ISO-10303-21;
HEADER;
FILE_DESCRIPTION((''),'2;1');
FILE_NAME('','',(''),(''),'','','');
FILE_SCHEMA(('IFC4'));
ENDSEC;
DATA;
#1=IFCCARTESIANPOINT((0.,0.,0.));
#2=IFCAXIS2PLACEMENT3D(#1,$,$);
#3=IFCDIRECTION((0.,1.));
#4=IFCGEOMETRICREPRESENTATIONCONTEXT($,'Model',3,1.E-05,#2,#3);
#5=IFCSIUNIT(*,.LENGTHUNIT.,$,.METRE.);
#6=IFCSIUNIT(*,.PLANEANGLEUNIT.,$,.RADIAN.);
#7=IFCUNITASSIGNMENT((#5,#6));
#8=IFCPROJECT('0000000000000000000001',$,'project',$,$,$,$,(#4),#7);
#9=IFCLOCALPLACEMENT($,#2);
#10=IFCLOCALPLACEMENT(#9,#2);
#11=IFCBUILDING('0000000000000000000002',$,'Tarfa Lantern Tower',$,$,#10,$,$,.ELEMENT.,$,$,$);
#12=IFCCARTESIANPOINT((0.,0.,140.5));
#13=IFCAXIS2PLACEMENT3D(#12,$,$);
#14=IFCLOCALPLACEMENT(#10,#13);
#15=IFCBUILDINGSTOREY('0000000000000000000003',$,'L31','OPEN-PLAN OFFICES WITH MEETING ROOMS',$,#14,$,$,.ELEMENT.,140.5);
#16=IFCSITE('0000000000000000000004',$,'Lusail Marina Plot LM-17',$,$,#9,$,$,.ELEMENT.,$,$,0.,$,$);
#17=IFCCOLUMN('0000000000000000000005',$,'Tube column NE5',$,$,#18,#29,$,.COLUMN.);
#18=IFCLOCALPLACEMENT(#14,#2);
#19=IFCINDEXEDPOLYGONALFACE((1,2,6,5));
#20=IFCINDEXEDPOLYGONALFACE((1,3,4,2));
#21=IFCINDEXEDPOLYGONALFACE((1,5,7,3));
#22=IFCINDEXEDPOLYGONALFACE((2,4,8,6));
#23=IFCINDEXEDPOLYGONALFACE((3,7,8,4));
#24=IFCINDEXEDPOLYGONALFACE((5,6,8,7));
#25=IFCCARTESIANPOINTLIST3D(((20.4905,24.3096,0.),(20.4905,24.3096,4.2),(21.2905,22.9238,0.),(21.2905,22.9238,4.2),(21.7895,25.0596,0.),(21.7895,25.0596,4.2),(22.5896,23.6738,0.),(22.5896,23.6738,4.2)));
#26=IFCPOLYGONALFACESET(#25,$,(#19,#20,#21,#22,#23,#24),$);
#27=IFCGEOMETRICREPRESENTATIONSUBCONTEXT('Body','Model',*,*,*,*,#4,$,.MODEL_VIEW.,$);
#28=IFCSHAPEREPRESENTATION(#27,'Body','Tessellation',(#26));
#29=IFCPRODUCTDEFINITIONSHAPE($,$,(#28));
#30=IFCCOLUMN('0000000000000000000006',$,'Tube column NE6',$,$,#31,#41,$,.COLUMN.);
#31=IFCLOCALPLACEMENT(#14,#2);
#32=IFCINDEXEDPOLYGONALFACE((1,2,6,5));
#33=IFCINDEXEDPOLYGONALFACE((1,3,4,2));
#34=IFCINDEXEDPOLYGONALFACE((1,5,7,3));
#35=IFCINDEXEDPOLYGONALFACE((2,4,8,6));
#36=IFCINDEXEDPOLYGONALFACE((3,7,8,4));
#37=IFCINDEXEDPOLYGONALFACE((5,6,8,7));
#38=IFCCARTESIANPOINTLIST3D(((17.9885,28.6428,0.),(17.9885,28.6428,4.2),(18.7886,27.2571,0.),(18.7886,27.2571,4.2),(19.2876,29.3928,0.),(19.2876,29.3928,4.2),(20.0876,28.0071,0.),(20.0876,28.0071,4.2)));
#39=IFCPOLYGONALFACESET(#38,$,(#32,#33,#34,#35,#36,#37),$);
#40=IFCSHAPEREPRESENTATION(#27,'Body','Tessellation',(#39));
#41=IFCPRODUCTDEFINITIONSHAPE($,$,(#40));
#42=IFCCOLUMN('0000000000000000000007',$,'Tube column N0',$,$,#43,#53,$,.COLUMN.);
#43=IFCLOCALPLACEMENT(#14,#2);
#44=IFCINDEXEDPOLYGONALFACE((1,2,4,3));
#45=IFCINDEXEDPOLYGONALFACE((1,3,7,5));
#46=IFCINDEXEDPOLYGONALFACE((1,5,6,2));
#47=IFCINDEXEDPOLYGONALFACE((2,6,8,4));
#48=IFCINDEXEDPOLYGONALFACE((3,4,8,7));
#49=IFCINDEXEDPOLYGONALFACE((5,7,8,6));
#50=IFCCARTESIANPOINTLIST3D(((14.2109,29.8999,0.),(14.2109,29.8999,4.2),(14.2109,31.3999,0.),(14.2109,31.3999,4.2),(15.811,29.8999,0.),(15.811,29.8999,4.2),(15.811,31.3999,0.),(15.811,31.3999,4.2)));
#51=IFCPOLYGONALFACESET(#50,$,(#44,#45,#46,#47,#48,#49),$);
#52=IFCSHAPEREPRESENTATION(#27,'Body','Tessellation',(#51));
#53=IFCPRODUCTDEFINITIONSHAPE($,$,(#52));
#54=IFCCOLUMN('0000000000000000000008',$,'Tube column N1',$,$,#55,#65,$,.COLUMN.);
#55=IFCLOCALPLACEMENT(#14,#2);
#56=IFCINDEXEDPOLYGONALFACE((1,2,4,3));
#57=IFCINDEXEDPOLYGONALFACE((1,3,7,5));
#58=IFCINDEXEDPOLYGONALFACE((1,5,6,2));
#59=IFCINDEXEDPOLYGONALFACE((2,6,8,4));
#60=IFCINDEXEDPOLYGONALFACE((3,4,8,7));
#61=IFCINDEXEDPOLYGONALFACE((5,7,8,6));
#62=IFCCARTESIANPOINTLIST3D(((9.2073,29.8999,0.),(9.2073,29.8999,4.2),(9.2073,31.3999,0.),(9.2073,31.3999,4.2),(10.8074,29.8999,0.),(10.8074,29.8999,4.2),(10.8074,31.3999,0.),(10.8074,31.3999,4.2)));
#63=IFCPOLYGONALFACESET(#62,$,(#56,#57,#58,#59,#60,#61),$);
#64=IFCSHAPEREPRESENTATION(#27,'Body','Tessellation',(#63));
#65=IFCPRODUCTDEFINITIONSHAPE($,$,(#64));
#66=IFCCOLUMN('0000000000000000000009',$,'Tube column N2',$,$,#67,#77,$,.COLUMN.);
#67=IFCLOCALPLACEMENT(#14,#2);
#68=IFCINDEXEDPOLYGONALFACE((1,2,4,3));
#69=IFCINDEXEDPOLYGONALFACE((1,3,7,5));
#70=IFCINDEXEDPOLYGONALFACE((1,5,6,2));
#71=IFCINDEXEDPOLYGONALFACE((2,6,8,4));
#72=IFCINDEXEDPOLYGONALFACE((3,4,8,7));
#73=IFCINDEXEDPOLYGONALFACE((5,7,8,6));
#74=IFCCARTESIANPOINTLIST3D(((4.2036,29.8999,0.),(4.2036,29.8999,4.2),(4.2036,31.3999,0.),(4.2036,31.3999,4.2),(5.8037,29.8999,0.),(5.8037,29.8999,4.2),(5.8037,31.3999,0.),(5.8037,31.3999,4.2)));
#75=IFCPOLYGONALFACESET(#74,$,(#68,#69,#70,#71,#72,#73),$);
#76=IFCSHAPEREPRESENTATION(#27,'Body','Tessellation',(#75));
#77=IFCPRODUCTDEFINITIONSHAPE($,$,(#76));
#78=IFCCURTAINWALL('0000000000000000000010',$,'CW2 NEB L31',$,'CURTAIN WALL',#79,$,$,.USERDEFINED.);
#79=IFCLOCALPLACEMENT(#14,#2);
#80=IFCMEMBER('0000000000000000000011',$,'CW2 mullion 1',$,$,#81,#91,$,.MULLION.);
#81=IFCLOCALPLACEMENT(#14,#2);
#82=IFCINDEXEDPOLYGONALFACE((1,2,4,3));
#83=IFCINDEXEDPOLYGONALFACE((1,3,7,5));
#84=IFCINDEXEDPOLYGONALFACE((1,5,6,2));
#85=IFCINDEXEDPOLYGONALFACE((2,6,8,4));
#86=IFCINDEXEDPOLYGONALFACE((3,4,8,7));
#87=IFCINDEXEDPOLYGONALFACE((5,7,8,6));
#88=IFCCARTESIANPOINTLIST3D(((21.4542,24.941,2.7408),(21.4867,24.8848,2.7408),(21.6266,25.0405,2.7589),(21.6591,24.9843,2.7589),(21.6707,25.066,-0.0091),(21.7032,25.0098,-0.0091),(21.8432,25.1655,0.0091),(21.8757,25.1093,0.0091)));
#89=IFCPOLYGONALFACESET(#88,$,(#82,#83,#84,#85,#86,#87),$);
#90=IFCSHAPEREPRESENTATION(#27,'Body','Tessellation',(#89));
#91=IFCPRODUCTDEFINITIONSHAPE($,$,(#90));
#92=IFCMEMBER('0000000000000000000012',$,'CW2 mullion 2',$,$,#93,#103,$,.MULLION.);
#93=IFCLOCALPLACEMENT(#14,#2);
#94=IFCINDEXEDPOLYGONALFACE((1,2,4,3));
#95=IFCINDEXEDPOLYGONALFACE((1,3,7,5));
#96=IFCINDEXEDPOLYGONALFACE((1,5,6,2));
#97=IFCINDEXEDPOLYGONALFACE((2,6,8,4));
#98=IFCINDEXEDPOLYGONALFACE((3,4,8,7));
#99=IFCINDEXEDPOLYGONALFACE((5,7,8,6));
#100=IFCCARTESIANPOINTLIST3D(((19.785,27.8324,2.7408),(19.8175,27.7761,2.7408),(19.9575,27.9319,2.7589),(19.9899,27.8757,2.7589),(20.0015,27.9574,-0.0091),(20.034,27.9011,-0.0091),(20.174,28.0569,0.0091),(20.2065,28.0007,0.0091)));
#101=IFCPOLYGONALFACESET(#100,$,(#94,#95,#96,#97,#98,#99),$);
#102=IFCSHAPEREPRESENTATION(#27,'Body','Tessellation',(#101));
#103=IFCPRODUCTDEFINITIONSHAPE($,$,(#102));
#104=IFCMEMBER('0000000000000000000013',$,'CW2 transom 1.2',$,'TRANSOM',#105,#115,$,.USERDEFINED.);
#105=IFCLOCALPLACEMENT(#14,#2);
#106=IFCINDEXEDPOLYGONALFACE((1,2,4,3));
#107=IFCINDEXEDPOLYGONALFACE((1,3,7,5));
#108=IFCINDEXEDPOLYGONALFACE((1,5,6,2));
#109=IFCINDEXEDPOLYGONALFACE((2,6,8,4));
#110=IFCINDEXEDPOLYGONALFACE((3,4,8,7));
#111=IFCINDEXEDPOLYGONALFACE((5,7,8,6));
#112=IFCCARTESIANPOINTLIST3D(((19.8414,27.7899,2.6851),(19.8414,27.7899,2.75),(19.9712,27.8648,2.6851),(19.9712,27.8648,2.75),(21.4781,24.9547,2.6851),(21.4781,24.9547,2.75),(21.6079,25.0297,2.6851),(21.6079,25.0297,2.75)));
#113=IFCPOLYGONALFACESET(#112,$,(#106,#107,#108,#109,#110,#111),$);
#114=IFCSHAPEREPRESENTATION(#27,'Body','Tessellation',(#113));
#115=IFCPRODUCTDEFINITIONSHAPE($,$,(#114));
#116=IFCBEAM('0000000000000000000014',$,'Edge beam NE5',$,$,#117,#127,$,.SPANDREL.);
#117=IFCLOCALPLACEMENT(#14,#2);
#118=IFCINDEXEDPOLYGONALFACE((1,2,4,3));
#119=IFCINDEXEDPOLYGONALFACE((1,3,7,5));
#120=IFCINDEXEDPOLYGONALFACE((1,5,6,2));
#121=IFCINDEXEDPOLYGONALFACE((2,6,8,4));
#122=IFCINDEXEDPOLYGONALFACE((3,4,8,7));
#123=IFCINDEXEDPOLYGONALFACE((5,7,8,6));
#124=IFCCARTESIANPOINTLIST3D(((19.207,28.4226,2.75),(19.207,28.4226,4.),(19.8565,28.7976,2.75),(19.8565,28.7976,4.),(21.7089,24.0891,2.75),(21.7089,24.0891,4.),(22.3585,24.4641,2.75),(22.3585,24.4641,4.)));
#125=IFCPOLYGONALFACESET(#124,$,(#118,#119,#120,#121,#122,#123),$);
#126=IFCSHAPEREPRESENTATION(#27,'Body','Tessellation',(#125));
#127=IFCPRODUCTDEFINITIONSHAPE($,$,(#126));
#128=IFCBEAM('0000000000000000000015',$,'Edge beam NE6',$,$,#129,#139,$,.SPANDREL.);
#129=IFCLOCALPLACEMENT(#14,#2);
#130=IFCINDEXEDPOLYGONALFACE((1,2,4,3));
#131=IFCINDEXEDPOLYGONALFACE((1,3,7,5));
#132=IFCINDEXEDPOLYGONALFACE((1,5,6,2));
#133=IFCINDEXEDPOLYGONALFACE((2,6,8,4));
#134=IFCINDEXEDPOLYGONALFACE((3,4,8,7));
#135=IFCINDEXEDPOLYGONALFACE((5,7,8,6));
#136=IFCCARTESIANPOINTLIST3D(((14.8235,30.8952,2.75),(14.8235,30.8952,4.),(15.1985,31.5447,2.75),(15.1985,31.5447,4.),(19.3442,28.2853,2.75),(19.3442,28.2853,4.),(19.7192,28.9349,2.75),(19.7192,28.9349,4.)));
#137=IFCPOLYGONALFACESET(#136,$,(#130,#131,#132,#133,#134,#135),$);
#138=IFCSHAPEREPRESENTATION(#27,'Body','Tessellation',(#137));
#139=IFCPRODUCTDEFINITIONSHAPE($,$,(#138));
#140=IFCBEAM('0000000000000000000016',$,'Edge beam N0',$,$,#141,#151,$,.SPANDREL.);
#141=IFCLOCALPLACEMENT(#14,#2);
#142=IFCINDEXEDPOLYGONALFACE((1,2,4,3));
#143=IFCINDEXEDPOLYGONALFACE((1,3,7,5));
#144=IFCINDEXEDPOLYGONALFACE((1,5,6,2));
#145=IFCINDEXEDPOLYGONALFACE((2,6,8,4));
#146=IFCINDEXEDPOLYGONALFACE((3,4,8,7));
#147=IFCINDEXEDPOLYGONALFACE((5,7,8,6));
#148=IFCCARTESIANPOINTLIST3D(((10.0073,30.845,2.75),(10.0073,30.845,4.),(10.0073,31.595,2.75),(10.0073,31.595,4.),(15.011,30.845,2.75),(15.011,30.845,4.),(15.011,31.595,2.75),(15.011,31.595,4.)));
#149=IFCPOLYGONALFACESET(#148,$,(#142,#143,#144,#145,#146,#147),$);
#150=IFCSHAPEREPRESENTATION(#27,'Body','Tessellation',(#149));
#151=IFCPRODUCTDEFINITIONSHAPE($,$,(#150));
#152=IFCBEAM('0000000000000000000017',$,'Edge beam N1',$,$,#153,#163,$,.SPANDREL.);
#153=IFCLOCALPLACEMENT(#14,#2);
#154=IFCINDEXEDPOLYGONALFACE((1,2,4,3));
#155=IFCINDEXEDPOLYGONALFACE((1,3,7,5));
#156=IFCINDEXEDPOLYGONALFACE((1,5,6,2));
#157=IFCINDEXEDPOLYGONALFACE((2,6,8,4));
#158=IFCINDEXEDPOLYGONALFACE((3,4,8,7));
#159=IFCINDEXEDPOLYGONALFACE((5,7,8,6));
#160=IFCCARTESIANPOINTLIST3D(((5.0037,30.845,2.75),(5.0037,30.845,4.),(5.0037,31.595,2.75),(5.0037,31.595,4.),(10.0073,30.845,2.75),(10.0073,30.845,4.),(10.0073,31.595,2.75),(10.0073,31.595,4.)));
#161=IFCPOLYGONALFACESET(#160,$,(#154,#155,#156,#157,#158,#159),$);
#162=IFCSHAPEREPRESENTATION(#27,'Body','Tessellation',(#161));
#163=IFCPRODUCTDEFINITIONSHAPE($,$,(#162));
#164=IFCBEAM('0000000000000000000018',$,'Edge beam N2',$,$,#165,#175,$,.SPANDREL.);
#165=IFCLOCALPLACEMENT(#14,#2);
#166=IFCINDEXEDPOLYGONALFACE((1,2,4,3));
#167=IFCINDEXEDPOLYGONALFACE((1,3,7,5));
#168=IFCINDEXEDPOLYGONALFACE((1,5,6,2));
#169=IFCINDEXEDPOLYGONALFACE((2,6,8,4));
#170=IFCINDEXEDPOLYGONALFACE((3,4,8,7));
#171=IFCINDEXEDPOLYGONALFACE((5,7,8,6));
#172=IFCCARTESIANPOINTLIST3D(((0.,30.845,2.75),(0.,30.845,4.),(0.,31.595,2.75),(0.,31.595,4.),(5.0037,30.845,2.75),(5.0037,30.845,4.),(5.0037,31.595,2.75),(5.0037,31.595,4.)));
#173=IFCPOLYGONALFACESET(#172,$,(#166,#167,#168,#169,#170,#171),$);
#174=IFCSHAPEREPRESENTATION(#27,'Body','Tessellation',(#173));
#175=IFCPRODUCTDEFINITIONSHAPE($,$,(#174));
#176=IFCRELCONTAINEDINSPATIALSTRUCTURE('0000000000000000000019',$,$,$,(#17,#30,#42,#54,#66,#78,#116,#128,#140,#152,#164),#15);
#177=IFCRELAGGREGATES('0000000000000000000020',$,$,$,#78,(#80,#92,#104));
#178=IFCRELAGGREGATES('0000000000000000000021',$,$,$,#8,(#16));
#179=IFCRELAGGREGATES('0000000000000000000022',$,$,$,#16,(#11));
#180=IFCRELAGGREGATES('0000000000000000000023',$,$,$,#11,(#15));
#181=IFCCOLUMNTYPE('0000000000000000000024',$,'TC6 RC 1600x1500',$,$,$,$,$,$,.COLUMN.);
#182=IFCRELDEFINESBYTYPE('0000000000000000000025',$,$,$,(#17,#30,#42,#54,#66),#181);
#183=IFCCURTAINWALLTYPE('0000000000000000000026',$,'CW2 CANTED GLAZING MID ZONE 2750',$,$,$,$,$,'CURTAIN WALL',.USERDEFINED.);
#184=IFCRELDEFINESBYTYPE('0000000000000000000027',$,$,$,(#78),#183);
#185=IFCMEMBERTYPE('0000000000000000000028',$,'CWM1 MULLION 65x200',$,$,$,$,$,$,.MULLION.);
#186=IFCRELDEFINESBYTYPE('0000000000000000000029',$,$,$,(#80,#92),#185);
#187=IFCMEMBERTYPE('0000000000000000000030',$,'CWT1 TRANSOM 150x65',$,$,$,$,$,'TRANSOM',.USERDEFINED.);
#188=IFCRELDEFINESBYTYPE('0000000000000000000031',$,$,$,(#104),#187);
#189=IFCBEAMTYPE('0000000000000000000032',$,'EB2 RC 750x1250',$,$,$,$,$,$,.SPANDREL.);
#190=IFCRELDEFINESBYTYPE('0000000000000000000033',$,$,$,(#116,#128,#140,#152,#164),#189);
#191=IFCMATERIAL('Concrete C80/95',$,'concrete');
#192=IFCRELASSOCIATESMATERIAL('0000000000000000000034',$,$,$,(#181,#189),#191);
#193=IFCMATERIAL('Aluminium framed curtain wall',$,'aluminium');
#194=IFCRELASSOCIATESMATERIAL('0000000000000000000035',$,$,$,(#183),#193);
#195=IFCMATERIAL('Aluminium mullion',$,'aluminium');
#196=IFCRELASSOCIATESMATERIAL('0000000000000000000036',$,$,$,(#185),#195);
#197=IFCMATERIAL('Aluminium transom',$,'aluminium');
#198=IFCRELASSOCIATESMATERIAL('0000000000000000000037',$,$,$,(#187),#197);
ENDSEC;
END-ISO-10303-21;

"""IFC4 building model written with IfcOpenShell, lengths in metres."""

from ifc_helpers import new_model, si_unit, direction, frame, origin, origin_2d, place, context, subcontext, project, spatial, rectangle, extrude, material, material_profile, profile_set, type_object, element, aggregate, save


model = new_model("IFC4")

# Units and contexts
model_context = context("Model", 3, precision=1e-05, world=origin(), true_north=direction((0.0, 1.0)))
body_context = subcontext(model_context, "Body", "Model", "MODEL_VIEW")
ifc_project = project(units=[si_unit("LENGTHUNIT", "METRE"), si_unit("PLANEANGLEUNIT", "RADIAN")], contexts=[model_context])

# Site, building, storey
site_placement = place(None, origin())
site = spatial("IfcSite", under=ifc_project, at=site_placement, Name="Lusail Marina Plot LM-17", CompositionType="ELEMENT", RefElevation=0.0)
building_placement = place(site_placement, origin())
building = spatial("IfcBuilding", under=site, at=building_placement, Name="Tarfa Lantern Tower", CompositionType="ELEMENT")
storey_placement = place(building_placement, frame((0.0, 0.0, 140.5)))
storey = spatial("IfcBuildingStorey", under=building, at=storey_placement, Name="L31", Description="OPEN-PLAN OFFICES WITH MEETING ROOMS", CompositionType="ELEMENT", Elevation=140.5)

# Columns
ifc_material_1 = material(Name="Concrete C80/95", Category="concrete")
ifc_material_profile_1 = material_profile(ifc_material_1, rectangle(XDim=1.6001, YDim=1.5, at=origin_2d()), Name="RC 1600x1500")
ifc_profile_set_1 = profile_set([ifc_material_profile_1], Name="Concrete C80/95")
column_type = type_object("IfcColumnType", Name="TC6 RC 1600x1500", PredefinedType="COLUMN", material=ifc_profile_set_1)
for number, where, z_axis, x_axis, name in (
    (1, (21.54, 23.9917, 0.0), (0.0, 0.0, 1.0), (-0.5, 0.866025, 0.0), "Tube column NE5"),
    (2, (19.0381, 28.325, 0.0), (0.0, 0.0, 1.0), (-0.5, 0.866025, 0.0), "Tube column NE6"),
    (3, (15.011, 30.6499, 0.0), (0.0, 0.0, 1.0), (-1.0, 0.0, 0.0), "Tube column N0"),
    (4, (10.0073, 30.6499, 0.0), (0.0, 0.0, 1.0), (-1.0, 0.0, 0.0), "Tube column N1"),
    (5, (5.0037, 30.6499, 0.0), (0.0, 0.0, 1.0), (-1.0, 0.0, 0.0), "Tube column N2"),
):
    element("IfcColumn", number, at=place(storey_placement, frame(where, z_axis=z_axis, x_axis=x_axis)), inside=storey, type_object=column_type, Name=name, PredefinedType="COLUMN", context=body_context, shape_type="SweptSolid", body=[
        extrude(rectangle(XDim=1.6001, YDim=1.5, at=origin_2d()), origin(), (0.0, 0.0, 1.0), 4.2),
    ])

# Curtain wall, members
ifc_material_2 = material(Name="Aluminium framed curtain wall", Category="aluminium")
curtain_wall_type = type_object("IfcCurtainWallType", Name="CW2 CANTED GLAZING MID ZONE 2750", ElementType="CURTAIN WALL", PredefinedType="USERDEFINED", material=ifc_material_2)
curtain_wall_placement = place(storey_placement, origin())
curtain_wall = element("IfcCurtainWall", 6, at=curtain_wall_placement, inside=storey, type_object=curtain_wall_type, Name="CW2 NEB L31", ObjectType="CURTAIN WALL", PredefinedType="USERDEFINED")
ifc_material_3 = material(Name="Aluminium mullion", Category="aluminium")
ifc_material_profile_2 = material_profile(ifc_material_3, rectangle(XDim=0.0649, YDim=0.2, at=origin_2d()), Name="AL MULLION 65x200")
ifc_profile_set_2 = profile_set([ifc_material_profile_2], Name="Aluminium mullion")
member_type_1 = type_object("IfcMemberType", Name="CWM1 MULLION 65x200", PredefinedType="MULLION", material=ifc_profile_set_2)
member_1_placement = place(storey_placement, frame((21.7732, 25.0876, 0.0), z_axis=(-0.078423, -0.045268, 0.995892), x_axis=(0.49992, -0.866072, 0.0)))
member_1 = element("IfcMember", 7, at=member_1_placement, type_object=member_type_1, Name="CW2 mullion 1", PredefinedType="MULLION", context=body_context, shape_type="SweptSolid", body=[
    extrude(rectangle(XDim=0.0649, YDim=0.2, at=origin_2d()), origin(), (0.0, 0.0, 1.0), 2.7612),
])
member_2_placement = place(storey_placement, frame((20.104, 27.979, 0.0), z_axis=(-0.078423, -0.045268, 0.995892), x_axis=(0.49992, -0.866072, 0.0)))
member_2 = element("IfcMember", 8, at=member_2_placement, type_object=member_type_1, Name="CW2 mullion 2", PredefinedType="MULLION", context=body_context, shape_type="SweptSolid", body=[
    extrude(rectangle(XDim=0.0649, YDim=0.2, at=origin_2d()), origin(), (0.0, 0.0, 1.0), 2.7612),
])
ifc_material_4 = material(Name="Aluminium transom", Category="aluminium")
ifc_material_profile_3 = material_profile(ifc_material_4, rectangle(XDim=0.1499, YDim=0.0649, at=origin_2d()), Name="AL TRANSOM 150x65")
ifc_profile_set_3 = profile_set([ifc_material_profile_3], Name="Aluminium transom")
member_type_2 = type_object("IfcMemberType", Name="CWT1 TRANSOM 150x65", ElementType="TRANSOM", PredefinedType="USERDEFINED", material=ifc_profile_set_3)
member_3_placement = place(storey_placement, frame((21.543, 24.9922, 2.7175), z_axis=(-0.499957, 0.86605, 0.0), x_axis=(-0.86605, -0.499957, 0.0)))
member_3 = element("IfcMember", 9, at=member_3_placement, type_object=member_type_2, Name="CW2 transom 1.2", ObjectType="TRANSOM", PredefinedType="USERDEFINED", context=body_context, shape_type="SweptSolid", body=[
    extrude(rectangle(XDim=0.1499, YDim=0.0649, at=origin_2d()), origin(), (0.0, 0.0, 1.0), 3.2737),
])

# Beams
ifc_material_profile_4 = material_profile(ifc_material_1, rectangle(XDim=0.75, YDim=1.25, at=origin_2d()), Name="RC 750x1250")
ifc_profile_set_4 = profile_set([ifc_material_profile_4], Name="Concrete C80/95")
beam_type_1 = type_object("IfcBeamType", Name="EB2 RC 750x1250", PredefinedType="SPANDREL", material=ifc_profile_set_4)
beam_1_placement = place(storey_placement, frame((22.0337, 24.2766, 3.375), z_axis=(-0.500001, 0.866025, 0.0), x_axis=(-0.866025, -0.500001, 0.0)))
element("IfcBeam", 10, at=beam_1_placement, inside=storey, type_object=beam_type_1, Name="Edge beam NE5", PredefinedType="SPANDREL", context=body_context, shape_type="SweptSolid", body=[
    extrude(rectangle(XDim=0.75, YDim=1.25, at=origin_2d()), origin(), (0.0, 0.0, 1.0), 5.0039),
])
beam_2_placement = place(storey_placement, frame((19.5317, 28.6101, 3.375), z_axis=(-0.866042, 0.499972, 0.0), x_axis=(-0.499972, -0.866042, 0.0)))
element("IfcBeam", 11, at=beam_2_placement, inside=storey, type_object=beam_type_1, Name="Edge beam NE6", PredefinedType="SPANDREL", context=body_context, shape_type="SweptSolid", body=[
    extrude(rectangle(XDim=0.75, YDim=1.25, at=origin_2d()), origin(), (0.0, 0.0, 1.0), 5.22),
])
for number, where, z_axis, x_axis, name in (
    (12, (15.011, 31.22, 3.375), (-1.0, 0.0, 0.0), (0.0, -1.0, 0.0), "Edge beam N0"),
    (13, (10.0073, 31.22, 3.375), (-1.0, 0.0, 0.0), (0.0, -1.0, 0.0), "Edge beam N1"),
    (14, (5.0037, 31.22, 3.375), (-1.0, 0.0, 0.0), (0.0, -1.0, 0.0), "Edge beam N2"),
):
    element("IfcBeam", number, at=place(storey_placement, frame(where, z_axis=z_axis, x_axis=x_axis)), inside=storey, type_object=beam_type_1, Name=name, PredefinedType="SPANDREL", context=body_context, shape_type="SweptSolid", body=[
        extrude(rectangle(XDim=0.75, YDim=1.25, at=origin_2d()), origin(), (0.0, 0.0, 1.0), 5.0037),
    ])

aggregate(curtain_wall, [member_1, member_2, member_3])

save(model, "model.ifc")
